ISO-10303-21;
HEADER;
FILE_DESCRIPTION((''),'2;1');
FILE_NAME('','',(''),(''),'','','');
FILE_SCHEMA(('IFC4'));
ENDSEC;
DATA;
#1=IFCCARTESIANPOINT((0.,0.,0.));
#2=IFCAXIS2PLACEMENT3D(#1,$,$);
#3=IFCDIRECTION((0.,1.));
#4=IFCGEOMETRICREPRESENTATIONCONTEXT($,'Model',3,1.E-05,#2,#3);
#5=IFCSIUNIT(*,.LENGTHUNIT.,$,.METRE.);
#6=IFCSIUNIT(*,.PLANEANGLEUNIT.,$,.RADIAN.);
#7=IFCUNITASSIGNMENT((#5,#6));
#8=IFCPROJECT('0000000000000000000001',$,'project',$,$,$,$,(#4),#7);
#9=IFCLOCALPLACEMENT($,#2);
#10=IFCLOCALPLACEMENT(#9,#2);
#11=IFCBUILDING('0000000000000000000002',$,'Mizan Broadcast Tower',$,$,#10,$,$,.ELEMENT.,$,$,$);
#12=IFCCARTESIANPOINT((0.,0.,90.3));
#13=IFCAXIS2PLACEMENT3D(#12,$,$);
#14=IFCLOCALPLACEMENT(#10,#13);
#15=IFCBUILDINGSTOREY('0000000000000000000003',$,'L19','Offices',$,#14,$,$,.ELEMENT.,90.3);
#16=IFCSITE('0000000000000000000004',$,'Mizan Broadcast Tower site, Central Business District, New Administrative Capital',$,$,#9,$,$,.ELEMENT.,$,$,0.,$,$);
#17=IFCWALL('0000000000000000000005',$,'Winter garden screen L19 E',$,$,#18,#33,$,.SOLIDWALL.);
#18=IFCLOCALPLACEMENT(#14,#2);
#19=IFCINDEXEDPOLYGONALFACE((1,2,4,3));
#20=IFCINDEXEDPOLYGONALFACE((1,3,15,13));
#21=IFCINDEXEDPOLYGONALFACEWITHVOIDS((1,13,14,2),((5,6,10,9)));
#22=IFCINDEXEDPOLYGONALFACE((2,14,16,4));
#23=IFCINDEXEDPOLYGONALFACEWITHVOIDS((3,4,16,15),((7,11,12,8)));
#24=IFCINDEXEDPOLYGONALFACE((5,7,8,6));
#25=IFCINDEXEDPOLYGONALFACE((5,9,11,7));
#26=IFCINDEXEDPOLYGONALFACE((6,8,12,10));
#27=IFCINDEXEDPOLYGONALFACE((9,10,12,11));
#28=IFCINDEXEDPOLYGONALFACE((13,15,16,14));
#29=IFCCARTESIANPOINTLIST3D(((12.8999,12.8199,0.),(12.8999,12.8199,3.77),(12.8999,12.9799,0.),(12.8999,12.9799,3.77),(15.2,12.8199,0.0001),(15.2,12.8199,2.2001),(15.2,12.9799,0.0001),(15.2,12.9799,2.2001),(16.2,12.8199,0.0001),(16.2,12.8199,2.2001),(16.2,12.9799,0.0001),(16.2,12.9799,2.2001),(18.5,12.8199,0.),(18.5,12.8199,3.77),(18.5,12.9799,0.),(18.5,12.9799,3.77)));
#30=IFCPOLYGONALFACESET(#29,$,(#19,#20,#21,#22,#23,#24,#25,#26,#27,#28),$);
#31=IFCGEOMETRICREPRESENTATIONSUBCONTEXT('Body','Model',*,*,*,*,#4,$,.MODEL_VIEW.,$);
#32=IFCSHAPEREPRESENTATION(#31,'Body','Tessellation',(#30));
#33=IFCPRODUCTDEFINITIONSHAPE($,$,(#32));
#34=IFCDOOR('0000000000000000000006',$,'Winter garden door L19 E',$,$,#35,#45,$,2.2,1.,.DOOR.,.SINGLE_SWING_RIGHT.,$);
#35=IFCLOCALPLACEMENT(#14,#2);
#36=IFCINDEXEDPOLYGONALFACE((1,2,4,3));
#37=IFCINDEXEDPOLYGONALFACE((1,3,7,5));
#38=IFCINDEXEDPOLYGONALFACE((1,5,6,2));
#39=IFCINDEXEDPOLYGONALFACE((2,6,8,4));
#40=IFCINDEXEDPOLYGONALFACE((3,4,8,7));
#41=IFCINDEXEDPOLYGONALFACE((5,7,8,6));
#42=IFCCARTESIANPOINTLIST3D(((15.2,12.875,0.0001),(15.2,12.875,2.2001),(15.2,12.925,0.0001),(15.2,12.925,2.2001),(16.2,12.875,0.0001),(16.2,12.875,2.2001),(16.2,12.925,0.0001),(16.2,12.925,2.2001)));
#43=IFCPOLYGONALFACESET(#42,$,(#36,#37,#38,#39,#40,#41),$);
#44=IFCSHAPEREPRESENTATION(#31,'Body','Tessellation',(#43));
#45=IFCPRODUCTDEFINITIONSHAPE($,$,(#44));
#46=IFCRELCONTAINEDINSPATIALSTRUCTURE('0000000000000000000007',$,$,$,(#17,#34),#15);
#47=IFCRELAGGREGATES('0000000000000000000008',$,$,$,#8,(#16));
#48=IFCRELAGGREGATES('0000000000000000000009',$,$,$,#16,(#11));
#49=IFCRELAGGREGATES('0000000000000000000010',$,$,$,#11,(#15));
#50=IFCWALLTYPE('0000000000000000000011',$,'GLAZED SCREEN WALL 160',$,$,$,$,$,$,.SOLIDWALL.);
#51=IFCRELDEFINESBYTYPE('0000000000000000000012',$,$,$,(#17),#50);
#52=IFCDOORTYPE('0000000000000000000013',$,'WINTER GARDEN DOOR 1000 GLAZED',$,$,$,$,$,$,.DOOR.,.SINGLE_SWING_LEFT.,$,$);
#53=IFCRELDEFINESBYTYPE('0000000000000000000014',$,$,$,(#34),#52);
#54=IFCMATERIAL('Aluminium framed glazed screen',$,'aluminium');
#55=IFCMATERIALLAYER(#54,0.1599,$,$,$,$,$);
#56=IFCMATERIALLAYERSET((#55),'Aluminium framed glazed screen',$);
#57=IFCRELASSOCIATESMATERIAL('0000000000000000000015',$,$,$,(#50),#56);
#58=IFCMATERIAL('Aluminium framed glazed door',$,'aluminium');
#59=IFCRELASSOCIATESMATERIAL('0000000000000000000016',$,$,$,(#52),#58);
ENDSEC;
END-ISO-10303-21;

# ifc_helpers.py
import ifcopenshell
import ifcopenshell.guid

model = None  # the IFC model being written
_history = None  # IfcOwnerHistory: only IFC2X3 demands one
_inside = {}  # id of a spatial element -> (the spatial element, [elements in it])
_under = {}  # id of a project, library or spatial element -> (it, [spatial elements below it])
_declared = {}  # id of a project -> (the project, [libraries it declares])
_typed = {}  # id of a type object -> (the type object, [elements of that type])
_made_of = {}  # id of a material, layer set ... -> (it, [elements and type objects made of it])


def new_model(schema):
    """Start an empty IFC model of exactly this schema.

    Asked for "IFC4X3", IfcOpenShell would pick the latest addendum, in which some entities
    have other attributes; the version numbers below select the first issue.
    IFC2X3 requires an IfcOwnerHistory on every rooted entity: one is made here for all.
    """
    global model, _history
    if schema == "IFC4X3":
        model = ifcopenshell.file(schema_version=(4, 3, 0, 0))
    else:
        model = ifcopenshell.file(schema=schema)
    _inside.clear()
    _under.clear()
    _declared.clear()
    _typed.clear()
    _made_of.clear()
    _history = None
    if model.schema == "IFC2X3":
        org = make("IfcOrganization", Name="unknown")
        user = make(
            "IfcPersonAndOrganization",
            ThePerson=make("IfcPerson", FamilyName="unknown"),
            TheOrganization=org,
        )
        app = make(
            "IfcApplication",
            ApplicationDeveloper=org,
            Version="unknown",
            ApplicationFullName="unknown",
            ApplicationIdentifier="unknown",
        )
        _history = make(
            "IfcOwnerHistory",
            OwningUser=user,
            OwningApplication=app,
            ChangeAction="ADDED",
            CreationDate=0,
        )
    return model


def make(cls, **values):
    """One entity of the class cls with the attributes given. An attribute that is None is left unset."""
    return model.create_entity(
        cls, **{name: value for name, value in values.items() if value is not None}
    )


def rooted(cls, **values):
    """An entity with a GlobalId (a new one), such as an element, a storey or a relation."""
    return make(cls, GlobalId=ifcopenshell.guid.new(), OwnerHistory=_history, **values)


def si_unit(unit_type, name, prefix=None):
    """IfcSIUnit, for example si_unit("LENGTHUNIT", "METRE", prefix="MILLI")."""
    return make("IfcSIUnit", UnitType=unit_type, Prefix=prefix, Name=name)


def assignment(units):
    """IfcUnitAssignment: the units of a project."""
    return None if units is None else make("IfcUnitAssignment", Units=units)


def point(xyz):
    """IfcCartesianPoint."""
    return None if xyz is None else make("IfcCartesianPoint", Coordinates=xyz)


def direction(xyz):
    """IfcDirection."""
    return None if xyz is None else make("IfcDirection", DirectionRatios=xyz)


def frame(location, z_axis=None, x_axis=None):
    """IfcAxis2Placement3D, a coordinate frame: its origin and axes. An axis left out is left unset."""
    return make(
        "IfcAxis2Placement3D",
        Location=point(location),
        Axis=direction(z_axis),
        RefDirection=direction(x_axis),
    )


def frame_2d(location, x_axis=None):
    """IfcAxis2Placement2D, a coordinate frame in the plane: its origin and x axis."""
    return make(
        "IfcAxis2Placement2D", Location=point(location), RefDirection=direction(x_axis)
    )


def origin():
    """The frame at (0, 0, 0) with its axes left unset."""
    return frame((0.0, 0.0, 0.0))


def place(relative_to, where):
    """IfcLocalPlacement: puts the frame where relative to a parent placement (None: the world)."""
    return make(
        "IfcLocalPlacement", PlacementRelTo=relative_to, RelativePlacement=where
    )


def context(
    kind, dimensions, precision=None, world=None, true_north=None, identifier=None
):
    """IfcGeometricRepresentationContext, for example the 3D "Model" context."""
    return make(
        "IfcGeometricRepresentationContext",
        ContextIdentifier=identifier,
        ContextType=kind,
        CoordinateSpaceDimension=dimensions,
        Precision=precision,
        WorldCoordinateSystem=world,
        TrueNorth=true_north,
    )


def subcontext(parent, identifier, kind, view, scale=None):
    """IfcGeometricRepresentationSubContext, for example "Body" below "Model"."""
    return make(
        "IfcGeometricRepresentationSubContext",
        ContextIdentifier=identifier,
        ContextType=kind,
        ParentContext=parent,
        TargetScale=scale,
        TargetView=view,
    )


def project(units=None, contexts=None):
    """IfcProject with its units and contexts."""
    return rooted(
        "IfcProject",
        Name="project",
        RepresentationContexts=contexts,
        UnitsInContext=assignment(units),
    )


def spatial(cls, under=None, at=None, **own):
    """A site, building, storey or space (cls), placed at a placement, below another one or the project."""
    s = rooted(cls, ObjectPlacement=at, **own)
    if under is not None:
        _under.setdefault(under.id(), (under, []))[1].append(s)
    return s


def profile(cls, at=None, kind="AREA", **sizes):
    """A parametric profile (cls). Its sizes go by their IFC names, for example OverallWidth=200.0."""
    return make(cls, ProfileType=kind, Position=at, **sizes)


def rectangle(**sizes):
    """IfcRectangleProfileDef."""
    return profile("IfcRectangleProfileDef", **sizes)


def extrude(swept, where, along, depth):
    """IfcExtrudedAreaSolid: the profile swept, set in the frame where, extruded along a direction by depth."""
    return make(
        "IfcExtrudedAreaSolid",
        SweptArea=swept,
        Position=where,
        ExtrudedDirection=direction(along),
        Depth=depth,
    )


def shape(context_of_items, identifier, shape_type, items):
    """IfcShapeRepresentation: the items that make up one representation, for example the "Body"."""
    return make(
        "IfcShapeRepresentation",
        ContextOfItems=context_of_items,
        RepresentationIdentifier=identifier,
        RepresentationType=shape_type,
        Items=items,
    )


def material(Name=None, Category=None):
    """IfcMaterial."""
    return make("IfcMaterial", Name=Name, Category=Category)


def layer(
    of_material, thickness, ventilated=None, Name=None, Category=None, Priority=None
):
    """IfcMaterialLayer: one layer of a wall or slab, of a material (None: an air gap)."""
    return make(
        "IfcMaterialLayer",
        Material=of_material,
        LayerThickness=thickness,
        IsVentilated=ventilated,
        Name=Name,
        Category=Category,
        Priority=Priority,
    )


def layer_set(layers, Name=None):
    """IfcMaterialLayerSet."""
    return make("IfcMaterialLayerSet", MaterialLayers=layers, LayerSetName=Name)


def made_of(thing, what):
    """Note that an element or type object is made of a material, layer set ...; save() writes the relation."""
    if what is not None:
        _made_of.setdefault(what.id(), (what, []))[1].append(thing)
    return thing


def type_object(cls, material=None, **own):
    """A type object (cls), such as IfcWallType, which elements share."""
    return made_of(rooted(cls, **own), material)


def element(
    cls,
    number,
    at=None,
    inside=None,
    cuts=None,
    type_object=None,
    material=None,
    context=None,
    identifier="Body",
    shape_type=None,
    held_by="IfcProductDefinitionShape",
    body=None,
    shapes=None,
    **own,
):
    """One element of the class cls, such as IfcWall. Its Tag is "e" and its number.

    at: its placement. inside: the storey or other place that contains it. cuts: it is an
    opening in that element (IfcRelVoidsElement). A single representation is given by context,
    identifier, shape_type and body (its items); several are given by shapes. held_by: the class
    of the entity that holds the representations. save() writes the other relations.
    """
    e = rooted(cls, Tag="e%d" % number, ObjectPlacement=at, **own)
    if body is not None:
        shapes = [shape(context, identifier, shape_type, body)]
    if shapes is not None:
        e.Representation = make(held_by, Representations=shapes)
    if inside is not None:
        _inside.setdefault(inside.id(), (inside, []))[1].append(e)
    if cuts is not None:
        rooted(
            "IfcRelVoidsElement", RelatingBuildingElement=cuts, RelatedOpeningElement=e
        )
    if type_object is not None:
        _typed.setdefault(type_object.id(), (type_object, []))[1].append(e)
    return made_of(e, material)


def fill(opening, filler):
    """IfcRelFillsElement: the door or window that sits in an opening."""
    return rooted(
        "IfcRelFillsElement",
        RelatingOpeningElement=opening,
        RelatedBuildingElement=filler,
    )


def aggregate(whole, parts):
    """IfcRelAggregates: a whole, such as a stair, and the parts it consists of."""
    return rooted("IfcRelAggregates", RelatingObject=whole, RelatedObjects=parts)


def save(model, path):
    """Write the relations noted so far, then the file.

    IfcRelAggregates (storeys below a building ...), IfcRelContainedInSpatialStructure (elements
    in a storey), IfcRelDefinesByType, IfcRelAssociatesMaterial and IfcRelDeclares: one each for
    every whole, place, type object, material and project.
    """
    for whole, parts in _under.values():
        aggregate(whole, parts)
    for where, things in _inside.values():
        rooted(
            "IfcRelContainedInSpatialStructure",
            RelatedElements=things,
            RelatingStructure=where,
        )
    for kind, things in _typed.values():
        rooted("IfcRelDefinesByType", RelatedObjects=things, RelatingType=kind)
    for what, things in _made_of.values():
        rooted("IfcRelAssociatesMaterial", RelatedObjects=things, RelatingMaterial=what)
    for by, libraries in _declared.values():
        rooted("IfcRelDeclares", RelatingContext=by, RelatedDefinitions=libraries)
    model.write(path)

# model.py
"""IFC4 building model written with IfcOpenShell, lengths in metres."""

from ifc_helpers import new_model, si_unit, direction, frame, frame_2d, origin, place, context, subcontext, project, spatial, rectangle, extrude, material, layer, layer_set, type_object, element, fill, save


model = new_model("IFC4")

# Units and contexts
model_context = context("Model", 3, precision=1e-05, world=origin(), true_north=direction((0.0, 1.0)))
body_context = subcontext(model_context, "Body", "Model", "MODEL_VIEW")
ifc_project = project(units=[si_unit("LENGTHUNIT", "METRE"), si_unit("PLANEANGLEUNIT", "RADIAN")], contexts=[model_context])

# Site, building, storey
site_placement = place(None, origin())
site = spatial("IfcSite", under=ifc_project, at=site_placement, Name="Mizan Broadcast Tower site, Central Business District, New Administrative Capital", CompositionType="ELEMENT", RefElevation=0.0)
building_placement = place(site_placement, origin())
building = spatial("IfcBuilding", under=site, at=building_placement, Name="Mizan Broadcast Tower", CompositionType="ELEMENT")
storey_placement = place(building_placement, frame((0.0, 0.0, 90.3)))
storey = spatial("IfcBuildingStorey", under=building, at=storey_placement, Name="L19", Description="Offices", CompositionType="ELEMENT", Elevation=90.3)

# Wall, opening, door
ifc_material_1 = material(Name="Aluminium framed glazed screen", Category="aluminium")
ifc_layer_1 = layer(ifc_material_1, 0.1599)
ifc_layer_set_1 = layer_set([ifc_layer_1], Name="Aluminium framed glazed screen")
wall_type = type_object("IfcWallType", Name="GLAZED SCREEN WALL 160", PredefinedType="SOLIDWALL", material=ifc_layer_set_1)
wall_placement = place(storey_placement, frame((18.5, 12.8999, 0.0), z_axis=(0.0, 0.0, 1.0), x_axis=(-1.0, 0.0, 0.0)))
wall = element("IfcWall", 1, at=wall_placement, inside=storey, type_object=wall_type, Name="Winter garden screen L19 E", PredefinedType="SOLIDWALL", context=body_context, shape_type="SweptSolid", body=[
    extrude(rectangle(XDim=5.6001, YDim=0.1599, at=frame_2d((2.8, 0.0))), origin(), (0.0, 0.0, 1.0), 3.77),
])
opening_placement = place(wall_placement, frame((2.3, 0.0, 0.0)))
opening = element("IfcOpeningElement", 2, at=opening_placement, cuts=wall, PredefinedType="OPENING", context=body_context, shape_type="SweptSolid", body=[
    extrude(rectangle(XDim=1.0, YDim=2.2, at=frame_2d((0.5, 1.1001))), frame((0.0, 0.0898, 0.0), z_axis=(0.0, -1.0, 0.0), x_axis=(1.0, 0.0, 0.0)), (0.0, 0.0, 1.0), 0.1799),
])
ifc_material_2 = material(Name="Aluminium framed glazed door", Category="aluminium")
door_type = type_object("IfcDoorType", Name="WINTER GARDEN DOOR 1000 GLAZED", OperationType="SINGLE_SWING_LEFT", PredefinedType="DOOR", material=ifc_material_2)
door_placement = place(opening_placement, origin())
door = element("IfcDoor", 3, at=door_placement, inside=storey, type_object=door_type, Name="Winter garden door L19 E", OperationType="SINGLE_SWING_RIGHT", OverallHeight=2.2, OverallWidth=1.0, PredefinedType="DOOR", context=body_context, shape_type="SweptSolid", body=[
    extrude(rectangle(XDim=1.0, YDim=2.2, at=frame_2d((0.5, 1.1001))), frame((0.0, 0.0249, 0.0), z_axis=(0.0, -1.0, 0.0), x_axis=(1.0, 0.0, 0.0)), (0.0, 0.0, 1.0), 0.05),
])
fill(opening, door)

save(model, "model.ifc")
